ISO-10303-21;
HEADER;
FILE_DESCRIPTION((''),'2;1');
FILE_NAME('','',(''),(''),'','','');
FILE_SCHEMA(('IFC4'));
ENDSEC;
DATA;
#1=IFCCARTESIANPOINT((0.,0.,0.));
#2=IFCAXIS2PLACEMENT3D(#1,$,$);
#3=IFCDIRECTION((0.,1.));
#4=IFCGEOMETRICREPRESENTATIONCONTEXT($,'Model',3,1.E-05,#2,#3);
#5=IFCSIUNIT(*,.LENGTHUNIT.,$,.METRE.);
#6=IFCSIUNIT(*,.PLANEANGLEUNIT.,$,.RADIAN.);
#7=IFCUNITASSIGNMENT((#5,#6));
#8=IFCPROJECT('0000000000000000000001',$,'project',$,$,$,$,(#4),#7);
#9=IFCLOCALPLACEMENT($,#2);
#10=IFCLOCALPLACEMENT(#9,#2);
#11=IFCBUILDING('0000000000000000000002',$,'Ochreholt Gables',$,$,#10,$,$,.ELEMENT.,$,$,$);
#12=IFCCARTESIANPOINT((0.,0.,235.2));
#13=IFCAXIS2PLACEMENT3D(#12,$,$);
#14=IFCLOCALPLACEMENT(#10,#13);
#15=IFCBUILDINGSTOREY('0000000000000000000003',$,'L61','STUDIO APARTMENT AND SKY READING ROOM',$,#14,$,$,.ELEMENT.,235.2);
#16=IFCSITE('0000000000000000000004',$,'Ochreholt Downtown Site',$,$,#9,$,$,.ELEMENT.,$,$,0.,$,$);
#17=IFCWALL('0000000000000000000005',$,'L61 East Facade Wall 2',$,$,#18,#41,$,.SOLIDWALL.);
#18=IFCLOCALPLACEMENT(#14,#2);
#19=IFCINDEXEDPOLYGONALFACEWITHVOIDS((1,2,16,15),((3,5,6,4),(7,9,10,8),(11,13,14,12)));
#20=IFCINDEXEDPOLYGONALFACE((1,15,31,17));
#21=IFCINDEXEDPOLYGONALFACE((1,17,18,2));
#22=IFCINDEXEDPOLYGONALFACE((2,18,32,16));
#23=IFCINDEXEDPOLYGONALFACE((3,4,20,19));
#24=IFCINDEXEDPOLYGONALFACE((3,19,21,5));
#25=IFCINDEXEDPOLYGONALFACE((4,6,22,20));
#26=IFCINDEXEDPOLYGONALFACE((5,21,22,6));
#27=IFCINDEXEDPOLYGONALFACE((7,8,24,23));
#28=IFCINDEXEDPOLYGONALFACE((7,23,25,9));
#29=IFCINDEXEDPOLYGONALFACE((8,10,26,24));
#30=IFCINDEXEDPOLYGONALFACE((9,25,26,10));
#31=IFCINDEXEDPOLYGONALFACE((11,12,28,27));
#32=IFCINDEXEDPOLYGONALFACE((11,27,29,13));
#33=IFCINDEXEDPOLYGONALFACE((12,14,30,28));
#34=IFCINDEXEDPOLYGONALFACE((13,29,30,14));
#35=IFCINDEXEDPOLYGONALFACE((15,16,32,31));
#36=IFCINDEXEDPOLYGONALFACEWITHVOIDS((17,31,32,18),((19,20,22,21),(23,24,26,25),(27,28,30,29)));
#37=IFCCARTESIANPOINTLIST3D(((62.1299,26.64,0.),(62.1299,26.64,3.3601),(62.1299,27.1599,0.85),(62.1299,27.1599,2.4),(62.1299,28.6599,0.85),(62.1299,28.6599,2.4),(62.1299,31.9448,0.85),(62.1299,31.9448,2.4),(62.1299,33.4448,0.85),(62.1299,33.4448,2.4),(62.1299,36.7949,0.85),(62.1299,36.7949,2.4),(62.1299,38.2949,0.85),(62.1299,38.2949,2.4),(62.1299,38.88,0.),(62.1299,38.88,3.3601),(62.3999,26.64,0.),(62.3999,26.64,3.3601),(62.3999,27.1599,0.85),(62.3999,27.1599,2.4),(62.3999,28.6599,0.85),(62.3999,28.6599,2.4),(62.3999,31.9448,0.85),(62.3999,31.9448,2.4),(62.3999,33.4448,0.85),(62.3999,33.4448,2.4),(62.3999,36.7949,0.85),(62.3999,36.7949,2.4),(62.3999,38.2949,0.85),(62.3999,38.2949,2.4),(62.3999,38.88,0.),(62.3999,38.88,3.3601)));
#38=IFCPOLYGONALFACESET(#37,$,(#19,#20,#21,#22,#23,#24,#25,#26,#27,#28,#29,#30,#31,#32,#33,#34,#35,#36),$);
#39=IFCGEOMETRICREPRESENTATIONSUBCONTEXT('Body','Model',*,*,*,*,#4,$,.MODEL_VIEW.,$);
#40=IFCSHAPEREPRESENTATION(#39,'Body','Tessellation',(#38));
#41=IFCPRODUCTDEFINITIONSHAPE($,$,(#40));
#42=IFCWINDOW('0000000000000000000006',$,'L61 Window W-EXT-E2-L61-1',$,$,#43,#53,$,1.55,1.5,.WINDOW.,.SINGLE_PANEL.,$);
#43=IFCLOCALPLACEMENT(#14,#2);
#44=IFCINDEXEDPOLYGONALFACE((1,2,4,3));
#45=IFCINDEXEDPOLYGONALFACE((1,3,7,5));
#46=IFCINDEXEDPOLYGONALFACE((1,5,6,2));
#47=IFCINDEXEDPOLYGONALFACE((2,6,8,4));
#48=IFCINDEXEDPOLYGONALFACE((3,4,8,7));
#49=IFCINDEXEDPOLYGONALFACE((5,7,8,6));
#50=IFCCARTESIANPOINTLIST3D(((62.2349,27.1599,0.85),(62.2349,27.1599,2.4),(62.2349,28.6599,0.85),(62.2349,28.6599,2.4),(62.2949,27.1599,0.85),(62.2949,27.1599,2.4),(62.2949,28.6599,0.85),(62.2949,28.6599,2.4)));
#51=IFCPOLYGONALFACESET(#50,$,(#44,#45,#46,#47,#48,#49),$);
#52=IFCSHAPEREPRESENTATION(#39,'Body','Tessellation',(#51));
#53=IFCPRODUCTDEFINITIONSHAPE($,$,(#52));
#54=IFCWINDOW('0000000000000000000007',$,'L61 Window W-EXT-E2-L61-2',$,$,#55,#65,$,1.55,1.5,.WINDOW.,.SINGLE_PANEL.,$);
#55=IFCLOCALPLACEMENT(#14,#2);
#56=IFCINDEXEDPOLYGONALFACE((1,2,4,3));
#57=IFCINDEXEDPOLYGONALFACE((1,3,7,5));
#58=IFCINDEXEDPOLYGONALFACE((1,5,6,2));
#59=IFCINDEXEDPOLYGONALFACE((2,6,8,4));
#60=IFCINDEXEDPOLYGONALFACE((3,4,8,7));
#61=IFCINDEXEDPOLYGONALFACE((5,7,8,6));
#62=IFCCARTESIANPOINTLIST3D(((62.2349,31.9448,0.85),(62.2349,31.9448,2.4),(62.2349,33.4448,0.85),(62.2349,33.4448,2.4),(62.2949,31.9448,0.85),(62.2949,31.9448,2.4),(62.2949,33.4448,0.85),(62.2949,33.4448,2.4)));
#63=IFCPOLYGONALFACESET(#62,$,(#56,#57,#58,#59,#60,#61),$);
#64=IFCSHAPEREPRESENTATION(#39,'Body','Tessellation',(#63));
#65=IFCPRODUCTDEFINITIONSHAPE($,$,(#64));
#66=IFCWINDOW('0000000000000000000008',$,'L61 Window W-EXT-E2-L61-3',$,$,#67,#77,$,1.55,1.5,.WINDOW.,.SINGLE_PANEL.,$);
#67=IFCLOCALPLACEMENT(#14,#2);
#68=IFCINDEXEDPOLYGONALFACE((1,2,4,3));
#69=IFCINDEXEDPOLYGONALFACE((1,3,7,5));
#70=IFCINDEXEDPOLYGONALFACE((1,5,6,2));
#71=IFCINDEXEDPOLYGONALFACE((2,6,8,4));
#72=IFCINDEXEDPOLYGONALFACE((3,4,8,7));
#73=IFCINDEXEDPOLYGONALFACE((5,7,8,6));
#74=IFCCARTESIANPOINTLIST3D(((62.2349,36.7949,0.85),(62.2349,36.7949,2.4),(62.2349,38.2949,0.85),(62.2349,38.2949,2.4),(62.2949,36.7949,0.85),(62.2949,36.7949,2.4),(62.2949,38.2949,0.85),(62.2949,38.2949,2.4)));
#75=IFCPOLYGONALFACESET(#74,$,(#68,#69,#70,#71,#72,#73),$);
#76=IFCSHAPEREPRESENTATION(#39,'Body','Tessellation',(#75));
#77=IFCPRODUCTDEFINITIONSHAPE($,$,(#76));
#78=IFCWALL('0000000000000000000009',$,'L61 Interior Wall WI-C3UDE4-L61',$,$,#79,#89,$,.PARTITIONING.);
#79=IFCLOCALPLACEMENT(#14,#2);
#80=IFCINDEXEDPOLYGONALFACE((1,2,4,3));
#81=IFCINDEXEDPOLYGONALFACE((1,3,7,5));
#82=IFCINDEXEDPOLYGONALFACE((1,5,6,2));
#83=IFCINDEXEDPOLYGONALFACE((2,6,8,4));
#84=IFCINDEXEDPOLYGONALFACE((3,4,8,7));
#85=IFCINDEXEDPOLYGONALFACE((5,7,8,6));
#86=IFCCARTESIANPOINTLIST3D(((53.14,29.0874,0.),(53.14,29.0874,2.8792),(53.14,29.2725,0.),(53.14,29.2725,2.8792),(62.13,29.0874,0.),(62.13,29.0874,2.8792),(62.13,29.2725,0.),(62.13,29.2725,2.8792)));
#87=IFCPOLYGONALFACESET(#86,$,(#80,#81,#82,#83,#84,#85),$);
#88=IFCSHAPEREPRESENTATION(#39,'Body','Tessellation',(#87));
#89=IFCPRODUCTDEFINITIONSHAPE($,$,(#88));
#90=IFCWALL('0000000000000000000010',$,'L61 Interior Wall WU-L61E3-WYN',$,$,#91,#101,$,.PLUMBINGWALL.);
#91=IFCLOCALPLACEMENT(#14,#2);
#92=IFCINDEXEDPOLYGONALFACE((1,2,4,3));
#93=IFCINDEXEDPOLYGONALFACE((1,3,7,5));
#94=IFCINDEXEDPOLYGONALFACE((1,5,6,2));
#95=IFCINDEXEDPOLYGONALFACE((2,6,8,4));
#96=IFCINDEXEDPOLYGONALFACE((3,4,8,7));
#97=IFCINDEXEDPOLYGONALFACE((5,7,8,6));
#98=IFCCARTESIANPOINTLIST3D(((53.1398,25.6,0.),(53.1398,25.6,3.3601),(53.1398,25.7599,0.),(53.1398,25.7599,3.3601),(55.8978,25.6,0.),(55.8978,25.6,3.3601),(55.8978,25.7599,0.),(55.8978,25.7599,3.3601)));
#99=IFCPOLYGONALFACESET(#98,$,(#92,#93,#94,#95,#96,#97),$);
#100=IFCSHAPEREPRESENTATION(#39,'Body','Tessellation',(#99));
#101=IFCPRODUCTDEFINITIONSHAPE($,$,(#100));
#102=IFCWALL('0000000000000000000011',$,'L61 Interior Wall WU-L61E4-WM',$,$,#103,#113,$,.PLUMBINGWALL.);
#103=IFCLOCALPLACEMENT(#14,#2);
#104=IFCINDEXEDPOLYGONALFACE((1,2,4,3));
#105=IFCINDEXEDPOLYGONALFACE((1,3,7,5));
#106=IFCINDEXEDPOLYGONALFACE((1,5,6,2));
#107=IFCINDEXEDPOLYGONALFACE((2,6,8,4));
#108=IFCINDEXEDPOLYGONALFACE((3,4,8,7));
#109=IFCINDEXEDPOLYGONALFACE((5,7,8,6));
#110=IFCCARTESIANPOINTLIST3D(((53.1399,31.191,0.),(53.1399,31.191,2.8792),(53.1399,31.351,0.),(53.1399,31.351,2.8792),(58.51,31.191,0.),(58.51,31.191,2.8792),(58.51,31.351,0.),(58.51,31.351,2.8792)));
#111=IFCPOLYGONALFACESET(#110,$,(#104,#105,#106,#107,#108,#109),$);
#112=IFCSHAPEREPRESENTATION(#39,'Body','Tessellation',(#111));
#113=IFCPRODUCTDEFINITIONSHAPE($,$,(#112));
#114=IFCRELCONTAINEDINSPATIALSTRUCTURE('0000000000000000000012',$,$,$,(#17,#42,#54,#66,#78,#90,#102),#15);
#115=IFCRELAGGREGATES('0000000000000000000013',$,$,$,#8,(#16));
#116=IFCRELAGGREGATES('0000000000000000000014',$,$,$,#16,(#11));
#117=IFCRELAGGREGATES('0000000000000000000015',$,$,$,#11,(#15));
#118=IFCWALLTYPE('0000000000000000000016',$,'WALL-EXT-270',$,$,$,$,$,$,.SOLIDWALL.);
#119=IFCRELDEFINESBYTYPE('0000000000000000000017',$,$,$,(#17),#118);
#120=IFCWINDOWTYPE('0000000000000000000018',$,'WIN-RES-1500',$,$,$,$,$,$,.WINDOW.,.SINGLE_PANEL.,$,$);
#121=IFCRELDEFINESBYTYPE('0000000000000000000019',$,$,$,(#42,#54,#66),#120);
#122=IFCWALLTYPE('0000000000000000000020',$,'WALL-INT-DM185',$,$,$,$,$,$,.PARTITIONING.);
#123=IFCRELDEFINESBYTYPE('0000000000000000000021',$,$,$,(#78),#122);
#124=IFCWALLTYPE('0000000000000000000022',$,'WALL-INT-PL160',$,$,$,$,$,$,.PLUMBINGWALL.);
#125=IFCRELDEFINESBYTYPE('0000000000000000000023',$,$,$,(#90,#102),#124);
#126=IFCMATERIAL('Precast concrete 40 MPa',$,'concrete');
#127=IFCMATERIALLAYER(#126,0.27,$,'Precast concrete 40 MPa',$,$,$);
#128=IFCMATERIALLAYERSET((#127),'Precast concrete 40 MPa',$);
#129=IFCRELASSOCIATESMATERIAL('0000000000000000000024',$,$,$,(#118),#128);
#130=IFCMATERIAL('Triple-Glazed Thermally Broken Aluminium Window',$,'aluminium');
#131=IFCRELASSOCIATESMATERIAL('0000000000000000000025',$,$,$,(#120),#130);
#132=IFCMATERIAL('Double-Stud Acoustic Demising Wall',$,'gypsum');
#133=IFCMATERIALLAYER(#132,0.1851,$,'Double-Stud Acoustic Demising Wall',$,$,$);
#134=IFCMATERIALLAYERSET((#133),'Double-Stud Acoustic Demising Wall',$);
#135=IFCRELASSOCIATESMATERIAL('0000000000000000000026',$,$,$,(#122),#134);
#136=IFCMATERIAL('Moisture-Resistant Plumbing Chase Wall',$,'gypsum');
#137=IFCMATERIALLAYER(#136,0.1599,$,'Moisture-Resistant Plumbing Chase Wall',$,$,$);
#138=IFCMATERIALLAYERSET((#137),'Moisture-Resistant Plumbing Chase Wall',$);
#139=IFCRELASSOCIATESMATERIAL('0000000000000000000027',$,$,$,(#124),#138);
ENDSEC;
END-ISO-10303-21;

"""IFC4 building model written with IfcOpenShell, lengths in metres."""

from ifc_helpers import new_model, si_unit, direction, frame, frame_2d, origin, place, context, subcontext, project, spatial, rectangle, extrude, material, layer, layer_set, type_object, element, fill, save


model = new_model("IFC4")

# Units and contexts
model_context = context("Model", 3, precision=1e-05, world=origin(), true_north=direction((0.0, 1.0)))
body_context = subcontext(model_context, "Body", "Model", "MODEL_VIEW")
ifc_project = project(units=[si_unit("LENGTHUNIT", "METRE"), si_unit("PLANEANGLEUNIT", "RADIAN")], contexts=[model_context])

# Site, building, storey
site_placement = place(None, origin())
site = spatial("IfcSite", under=ifc_project, at=site_placement, Name="Ochreholt Downtown Site", CompositionType="ELEMENT", RefElevation=0.0)
building_placement = place(site_placement, origin())
building = spatial("IfcBuilding", under=site, at=building_placement, Name="Ochreholt Gables", CompositionType="ELEMENT")
storey_placement = place(building_placement, frame((0.0, 0.0, 235.2)))
storey = spatial("IfcBuildingStorey", under=building, at=storey_placement, Name="L61", Description="STUDIO APARTMENT AND SKY READING ROOM", CompositionType="ELEMENT", Elevation=235.2)

# Wall, openings, windows
ifc_material_1 = material(Name="Precast concrete 40 MPa", Category="concrete")
ifc_layer_1 = layer(ifc_material_1, 0.27, Name="Precast concrete 40 MPa")
ifc_layer_set_1 = layer_set([ifc_layer_1], Name="Precast concrete 40 MPa")
wall_type_1 = type_object("IfcWallType", Name="WALL-EXT-270", PredefinedType="SOLIDWALL", material=ifc_layer_set_1)
wall_1_placement = place(storey_placement, frame((62.2649, 26.6399, 0.0), z_axis=(0.0, 0.0, 1.0), x_axis=(0.0, 1.0, 0.0)))
wall_1 = element("IfcWall", 1, at=wall_1_placement, inside=storey, type_object=wall_type_1, Name="L61 East Facade Wall 2", PredefinedType="SOLIDWALL", context=body_context, shape_type="SweptSolid", body=[
    extrude(rectangle(XDim=12.24, YDim=0.27, at=frame_2d((6.1201, 0.0))), origin(), (0.0, 0.0, 1.0), 3.3601),
])
opening_1_placement = place(wall_1_placement, frame((0.52, 0.0, 0.8501)))
opening_1 = element("IfcOpeningElement", 2, at=opening_1_placement, cuts=wall_1, PredefinedType="OPENING", context=body_context, shape_type="SweptSolid", body=[
    extrude(rectangle(XDim=1.5, YDim=1.55, at=frame_2d((0.75, 0.7749))), frame((0.0, 0.145, 0.0), z_axis=(0.0, -1.0, 0.0), x_axis=(1.0, 0.0, 0.0)), (0.0, 0.0, 1.0), 0.29),
])
opening_2_placement = place(wall_1_placement, frame((5.3049, 0.0, 0.8501)))
opening_2 = element("IfcOpeningElement", 3, at=opening_2_placement, cuts=wall_1, PredefinedType="OPENING", context=body_context, shape_type="SweptSolid", body=[
    extrude(rectangle(XDim=1.5, YDim=1.55, at=frame_2d((0.75, 0.7749))), frame((0.0, 0.145, 0.0), z_axis=(0.0, -1.0, 0.0), x_axis=(1.0, 0.0, 0.0)), (0.0, 0.0, 1.0), 0.29),
])
opening_3_placement = place(wall_1_placement, frame((10.155, 0.0, 0.8501)))
opening_3 = element("IfcOpeningElement", 4, at=opening_3_placement, cuts=wall_1, PredefinedType="OPENING", context=body_context, shape_type="SweptSolid", body=[
    extrude(rectangle(XDim=1.5, YDim=1.55, at=frame_2d((0.75, 0.7749))), frame((0.0, 0.145, 0.0), z_axis=(0.0, -1.0, 0.0), x_axis=(1.0, 0.0, 0.0)), (0.0, 0.0, 1.0), 0.29),
])
ifc_material_2 = material(Name="Triple-Glazed Thermally Broken Aluminium Window", Category="aluminium")
window_type = type_object("IfcWindowType", Name="WIN-RES-1500", PartitioningType="SINGLE_PANEL", PredefinedType="WINDOW", material=ifc_material_2)
window_1_placement = place(opening_1_placement, origin())
window_1 = element("IfcWindow", 5, at=window_1_placement, inside=storey, type_object=window_type, Name="L61 Window W-EXT-E2-L61-1", OverallHeight=1.55, OverallWidth=1.5, PartitioningType="SINGLE_PANEL", PredefinedType="WINDOW", context=body_context, shape_type="SweptSolid", body=[
    extrude(rectangle(XDim=1.5, YDim=1.55, at=frame_2d((0.75, 0.7749))), frame((0.0, 0.03, 0.0), z_axis=(0.0, -1.0, 0.0), x_axis=(1.0, 0.0, 0.0)), (0.0, 0.0, 1.0), 0.0601),
])
fill(opening_1, window_1)
window_2_placement = place(opening_2_placement, origin())
window_2 = element("IfcWindow", 6, at=window_2_placement, inside=storey, type_object=window_type, Name="L61 Window W-EXT-E2-L61-2", OverallHeight=1.55, OverallWidth=1.5, PartitioningType="SINGLE_PANEL", PredefinedType="WINDOW", context=body_context, shape_type="SweptSolid", body=[
    extrude(rectangle(XDim=1.5, YDim=1.55, at=frame_2d((0.75, 0.7749))), frame((0.0, 0.03, 0.0), z_axis=(0.0, -1.0, 0.0), x_axis=(1.0, 0.0, 0.0)), (0.0, 0.0, 1.0), 0.0601),
])
fill(opening_2, window_2)
window_3_placement = place(opening_3_placement, origin())
window_3 = element("IfcWindow", 7, at=window_3_placement, inside=storey, type_object=window_type, Name="L61 Window W-EXT-E2-L61-3", OverallHeight=1.55, OverallWidth=1.5, PartitioningType="SINGLE_PANEL", PredefinedType="WINDOW", context=body_context, shape_type="SweptSolid", body=[
    extrude(rectangle(XDim=1.5, YDim=1.55, at=frame_2d((0.75, 0.7749))), frame((0.0, 0.03, 0.0), z_axis=(0.0, -1.0, 0.0), x_axis=(1.0, 0.0, 0.0)), (0.0, 0.0, 1.0), 0.0601),
])
fill(opening_3, window_3)

# Walls
ifc_material_3 = material(Name="Double-Stud Acoustic Demising Wall", Category="gypsum")
ifc_layer_2 = layer(ifc_material_3, 0.1851, Name="Double-Stud Acoustic Demising Wall")
ifc_layer_set_2 = layer_set([ifc_layer_2], Name="Double-Stud Acoustic Demising Wall")
wall_type_2 = type_object("IfcWallType", Name="WALL-INT-DM185", PredefinedType="PARTITIONING", material=ifc_layer_set_2)
wall_2_placement = place(storey_placement, frame((53.1399, 29.1799, 0.0), z_axis=(0.0, 0.0, 1.0), x_axis=(1.0, 0.0, 0.0)))
element("IfcWall", 8, at=wall_2_placement, inside=storey, type_object=wall_type_2, Name="L61 Interior Wall WI-C3UDE4-L61", PredefinedType="PARTITIONING", context=body_context, shape_type="SweptSolid", body=[
    extrude(rectangle(XDim=8.99, YDim=0.1851, at=frame_2d((4.4951, 0.0))), origin(), (0.0, 0.0, 1.0), 2.8792),
])
ifc_material_4 = material(Name="Moisture-Resistant Plumbing Chase Wall", Category="gypsum")
ifc_layer_3 = layer(ifc_material_4, 0.1599, Name="Moisture-Resistant Plumbing Chase Wall")
ifc_layer_set_3 = layer_set([ifc_layer_3], Name="Moisture-Resistant Plumbing Chase Wall")
wall_type_3 = type_object("IfcWallType", Name="WALL-INT-PL160", PredefinedType="PLUMBINGWALL", material=ifc_layer_set_3)
wall_3_placement = place(storey_placement, frame((53.1399, 25.6799, 0.0), z_axis=(0.0, 0.0, 1.0), x_axis=(1.0, 0.0, 0.0)))
element("IfcWall", 9, at=wall_3_placement, inside=storey, type_object=wall_type_3, Name="L61 Interior Wall WU-L61E3-WYN", PredefinedType="PLUMBINGWALL", context=body_context, shape_type="SweptSolid", body=[
    extrude(rectangle(XDim=2.7581, YDim=0.1599, at=frame_2d((1.3789, 0.0))), origin(), (0.0, 0.0, 1.0), 3.3601),
])

# Wall
wall_4_placement = place(storey_placement, frame((53.1399, 31.271, 0.0), z_axis=(0.0, 0.0, 1.0), x_axis=(1.0, 0.0, 0.0)))
element("IfcWall", 10, at=wall_4_placement, inside=storey, type_object=wall_type_3, Name="L61 Interior Wall WU-L61E4-WM", PredefinedType="PLUMBINGWALL", context=body_context, shape_type="SweptSolid", body=[
    extrude(rectangle(XDim=5.3701, YDim=0.1599, at=frame_2d((2.6851, 0.0))), origin(), (0.0, 0.0, 1.0), 2.8792),
])

save(model, "model.ifc")
